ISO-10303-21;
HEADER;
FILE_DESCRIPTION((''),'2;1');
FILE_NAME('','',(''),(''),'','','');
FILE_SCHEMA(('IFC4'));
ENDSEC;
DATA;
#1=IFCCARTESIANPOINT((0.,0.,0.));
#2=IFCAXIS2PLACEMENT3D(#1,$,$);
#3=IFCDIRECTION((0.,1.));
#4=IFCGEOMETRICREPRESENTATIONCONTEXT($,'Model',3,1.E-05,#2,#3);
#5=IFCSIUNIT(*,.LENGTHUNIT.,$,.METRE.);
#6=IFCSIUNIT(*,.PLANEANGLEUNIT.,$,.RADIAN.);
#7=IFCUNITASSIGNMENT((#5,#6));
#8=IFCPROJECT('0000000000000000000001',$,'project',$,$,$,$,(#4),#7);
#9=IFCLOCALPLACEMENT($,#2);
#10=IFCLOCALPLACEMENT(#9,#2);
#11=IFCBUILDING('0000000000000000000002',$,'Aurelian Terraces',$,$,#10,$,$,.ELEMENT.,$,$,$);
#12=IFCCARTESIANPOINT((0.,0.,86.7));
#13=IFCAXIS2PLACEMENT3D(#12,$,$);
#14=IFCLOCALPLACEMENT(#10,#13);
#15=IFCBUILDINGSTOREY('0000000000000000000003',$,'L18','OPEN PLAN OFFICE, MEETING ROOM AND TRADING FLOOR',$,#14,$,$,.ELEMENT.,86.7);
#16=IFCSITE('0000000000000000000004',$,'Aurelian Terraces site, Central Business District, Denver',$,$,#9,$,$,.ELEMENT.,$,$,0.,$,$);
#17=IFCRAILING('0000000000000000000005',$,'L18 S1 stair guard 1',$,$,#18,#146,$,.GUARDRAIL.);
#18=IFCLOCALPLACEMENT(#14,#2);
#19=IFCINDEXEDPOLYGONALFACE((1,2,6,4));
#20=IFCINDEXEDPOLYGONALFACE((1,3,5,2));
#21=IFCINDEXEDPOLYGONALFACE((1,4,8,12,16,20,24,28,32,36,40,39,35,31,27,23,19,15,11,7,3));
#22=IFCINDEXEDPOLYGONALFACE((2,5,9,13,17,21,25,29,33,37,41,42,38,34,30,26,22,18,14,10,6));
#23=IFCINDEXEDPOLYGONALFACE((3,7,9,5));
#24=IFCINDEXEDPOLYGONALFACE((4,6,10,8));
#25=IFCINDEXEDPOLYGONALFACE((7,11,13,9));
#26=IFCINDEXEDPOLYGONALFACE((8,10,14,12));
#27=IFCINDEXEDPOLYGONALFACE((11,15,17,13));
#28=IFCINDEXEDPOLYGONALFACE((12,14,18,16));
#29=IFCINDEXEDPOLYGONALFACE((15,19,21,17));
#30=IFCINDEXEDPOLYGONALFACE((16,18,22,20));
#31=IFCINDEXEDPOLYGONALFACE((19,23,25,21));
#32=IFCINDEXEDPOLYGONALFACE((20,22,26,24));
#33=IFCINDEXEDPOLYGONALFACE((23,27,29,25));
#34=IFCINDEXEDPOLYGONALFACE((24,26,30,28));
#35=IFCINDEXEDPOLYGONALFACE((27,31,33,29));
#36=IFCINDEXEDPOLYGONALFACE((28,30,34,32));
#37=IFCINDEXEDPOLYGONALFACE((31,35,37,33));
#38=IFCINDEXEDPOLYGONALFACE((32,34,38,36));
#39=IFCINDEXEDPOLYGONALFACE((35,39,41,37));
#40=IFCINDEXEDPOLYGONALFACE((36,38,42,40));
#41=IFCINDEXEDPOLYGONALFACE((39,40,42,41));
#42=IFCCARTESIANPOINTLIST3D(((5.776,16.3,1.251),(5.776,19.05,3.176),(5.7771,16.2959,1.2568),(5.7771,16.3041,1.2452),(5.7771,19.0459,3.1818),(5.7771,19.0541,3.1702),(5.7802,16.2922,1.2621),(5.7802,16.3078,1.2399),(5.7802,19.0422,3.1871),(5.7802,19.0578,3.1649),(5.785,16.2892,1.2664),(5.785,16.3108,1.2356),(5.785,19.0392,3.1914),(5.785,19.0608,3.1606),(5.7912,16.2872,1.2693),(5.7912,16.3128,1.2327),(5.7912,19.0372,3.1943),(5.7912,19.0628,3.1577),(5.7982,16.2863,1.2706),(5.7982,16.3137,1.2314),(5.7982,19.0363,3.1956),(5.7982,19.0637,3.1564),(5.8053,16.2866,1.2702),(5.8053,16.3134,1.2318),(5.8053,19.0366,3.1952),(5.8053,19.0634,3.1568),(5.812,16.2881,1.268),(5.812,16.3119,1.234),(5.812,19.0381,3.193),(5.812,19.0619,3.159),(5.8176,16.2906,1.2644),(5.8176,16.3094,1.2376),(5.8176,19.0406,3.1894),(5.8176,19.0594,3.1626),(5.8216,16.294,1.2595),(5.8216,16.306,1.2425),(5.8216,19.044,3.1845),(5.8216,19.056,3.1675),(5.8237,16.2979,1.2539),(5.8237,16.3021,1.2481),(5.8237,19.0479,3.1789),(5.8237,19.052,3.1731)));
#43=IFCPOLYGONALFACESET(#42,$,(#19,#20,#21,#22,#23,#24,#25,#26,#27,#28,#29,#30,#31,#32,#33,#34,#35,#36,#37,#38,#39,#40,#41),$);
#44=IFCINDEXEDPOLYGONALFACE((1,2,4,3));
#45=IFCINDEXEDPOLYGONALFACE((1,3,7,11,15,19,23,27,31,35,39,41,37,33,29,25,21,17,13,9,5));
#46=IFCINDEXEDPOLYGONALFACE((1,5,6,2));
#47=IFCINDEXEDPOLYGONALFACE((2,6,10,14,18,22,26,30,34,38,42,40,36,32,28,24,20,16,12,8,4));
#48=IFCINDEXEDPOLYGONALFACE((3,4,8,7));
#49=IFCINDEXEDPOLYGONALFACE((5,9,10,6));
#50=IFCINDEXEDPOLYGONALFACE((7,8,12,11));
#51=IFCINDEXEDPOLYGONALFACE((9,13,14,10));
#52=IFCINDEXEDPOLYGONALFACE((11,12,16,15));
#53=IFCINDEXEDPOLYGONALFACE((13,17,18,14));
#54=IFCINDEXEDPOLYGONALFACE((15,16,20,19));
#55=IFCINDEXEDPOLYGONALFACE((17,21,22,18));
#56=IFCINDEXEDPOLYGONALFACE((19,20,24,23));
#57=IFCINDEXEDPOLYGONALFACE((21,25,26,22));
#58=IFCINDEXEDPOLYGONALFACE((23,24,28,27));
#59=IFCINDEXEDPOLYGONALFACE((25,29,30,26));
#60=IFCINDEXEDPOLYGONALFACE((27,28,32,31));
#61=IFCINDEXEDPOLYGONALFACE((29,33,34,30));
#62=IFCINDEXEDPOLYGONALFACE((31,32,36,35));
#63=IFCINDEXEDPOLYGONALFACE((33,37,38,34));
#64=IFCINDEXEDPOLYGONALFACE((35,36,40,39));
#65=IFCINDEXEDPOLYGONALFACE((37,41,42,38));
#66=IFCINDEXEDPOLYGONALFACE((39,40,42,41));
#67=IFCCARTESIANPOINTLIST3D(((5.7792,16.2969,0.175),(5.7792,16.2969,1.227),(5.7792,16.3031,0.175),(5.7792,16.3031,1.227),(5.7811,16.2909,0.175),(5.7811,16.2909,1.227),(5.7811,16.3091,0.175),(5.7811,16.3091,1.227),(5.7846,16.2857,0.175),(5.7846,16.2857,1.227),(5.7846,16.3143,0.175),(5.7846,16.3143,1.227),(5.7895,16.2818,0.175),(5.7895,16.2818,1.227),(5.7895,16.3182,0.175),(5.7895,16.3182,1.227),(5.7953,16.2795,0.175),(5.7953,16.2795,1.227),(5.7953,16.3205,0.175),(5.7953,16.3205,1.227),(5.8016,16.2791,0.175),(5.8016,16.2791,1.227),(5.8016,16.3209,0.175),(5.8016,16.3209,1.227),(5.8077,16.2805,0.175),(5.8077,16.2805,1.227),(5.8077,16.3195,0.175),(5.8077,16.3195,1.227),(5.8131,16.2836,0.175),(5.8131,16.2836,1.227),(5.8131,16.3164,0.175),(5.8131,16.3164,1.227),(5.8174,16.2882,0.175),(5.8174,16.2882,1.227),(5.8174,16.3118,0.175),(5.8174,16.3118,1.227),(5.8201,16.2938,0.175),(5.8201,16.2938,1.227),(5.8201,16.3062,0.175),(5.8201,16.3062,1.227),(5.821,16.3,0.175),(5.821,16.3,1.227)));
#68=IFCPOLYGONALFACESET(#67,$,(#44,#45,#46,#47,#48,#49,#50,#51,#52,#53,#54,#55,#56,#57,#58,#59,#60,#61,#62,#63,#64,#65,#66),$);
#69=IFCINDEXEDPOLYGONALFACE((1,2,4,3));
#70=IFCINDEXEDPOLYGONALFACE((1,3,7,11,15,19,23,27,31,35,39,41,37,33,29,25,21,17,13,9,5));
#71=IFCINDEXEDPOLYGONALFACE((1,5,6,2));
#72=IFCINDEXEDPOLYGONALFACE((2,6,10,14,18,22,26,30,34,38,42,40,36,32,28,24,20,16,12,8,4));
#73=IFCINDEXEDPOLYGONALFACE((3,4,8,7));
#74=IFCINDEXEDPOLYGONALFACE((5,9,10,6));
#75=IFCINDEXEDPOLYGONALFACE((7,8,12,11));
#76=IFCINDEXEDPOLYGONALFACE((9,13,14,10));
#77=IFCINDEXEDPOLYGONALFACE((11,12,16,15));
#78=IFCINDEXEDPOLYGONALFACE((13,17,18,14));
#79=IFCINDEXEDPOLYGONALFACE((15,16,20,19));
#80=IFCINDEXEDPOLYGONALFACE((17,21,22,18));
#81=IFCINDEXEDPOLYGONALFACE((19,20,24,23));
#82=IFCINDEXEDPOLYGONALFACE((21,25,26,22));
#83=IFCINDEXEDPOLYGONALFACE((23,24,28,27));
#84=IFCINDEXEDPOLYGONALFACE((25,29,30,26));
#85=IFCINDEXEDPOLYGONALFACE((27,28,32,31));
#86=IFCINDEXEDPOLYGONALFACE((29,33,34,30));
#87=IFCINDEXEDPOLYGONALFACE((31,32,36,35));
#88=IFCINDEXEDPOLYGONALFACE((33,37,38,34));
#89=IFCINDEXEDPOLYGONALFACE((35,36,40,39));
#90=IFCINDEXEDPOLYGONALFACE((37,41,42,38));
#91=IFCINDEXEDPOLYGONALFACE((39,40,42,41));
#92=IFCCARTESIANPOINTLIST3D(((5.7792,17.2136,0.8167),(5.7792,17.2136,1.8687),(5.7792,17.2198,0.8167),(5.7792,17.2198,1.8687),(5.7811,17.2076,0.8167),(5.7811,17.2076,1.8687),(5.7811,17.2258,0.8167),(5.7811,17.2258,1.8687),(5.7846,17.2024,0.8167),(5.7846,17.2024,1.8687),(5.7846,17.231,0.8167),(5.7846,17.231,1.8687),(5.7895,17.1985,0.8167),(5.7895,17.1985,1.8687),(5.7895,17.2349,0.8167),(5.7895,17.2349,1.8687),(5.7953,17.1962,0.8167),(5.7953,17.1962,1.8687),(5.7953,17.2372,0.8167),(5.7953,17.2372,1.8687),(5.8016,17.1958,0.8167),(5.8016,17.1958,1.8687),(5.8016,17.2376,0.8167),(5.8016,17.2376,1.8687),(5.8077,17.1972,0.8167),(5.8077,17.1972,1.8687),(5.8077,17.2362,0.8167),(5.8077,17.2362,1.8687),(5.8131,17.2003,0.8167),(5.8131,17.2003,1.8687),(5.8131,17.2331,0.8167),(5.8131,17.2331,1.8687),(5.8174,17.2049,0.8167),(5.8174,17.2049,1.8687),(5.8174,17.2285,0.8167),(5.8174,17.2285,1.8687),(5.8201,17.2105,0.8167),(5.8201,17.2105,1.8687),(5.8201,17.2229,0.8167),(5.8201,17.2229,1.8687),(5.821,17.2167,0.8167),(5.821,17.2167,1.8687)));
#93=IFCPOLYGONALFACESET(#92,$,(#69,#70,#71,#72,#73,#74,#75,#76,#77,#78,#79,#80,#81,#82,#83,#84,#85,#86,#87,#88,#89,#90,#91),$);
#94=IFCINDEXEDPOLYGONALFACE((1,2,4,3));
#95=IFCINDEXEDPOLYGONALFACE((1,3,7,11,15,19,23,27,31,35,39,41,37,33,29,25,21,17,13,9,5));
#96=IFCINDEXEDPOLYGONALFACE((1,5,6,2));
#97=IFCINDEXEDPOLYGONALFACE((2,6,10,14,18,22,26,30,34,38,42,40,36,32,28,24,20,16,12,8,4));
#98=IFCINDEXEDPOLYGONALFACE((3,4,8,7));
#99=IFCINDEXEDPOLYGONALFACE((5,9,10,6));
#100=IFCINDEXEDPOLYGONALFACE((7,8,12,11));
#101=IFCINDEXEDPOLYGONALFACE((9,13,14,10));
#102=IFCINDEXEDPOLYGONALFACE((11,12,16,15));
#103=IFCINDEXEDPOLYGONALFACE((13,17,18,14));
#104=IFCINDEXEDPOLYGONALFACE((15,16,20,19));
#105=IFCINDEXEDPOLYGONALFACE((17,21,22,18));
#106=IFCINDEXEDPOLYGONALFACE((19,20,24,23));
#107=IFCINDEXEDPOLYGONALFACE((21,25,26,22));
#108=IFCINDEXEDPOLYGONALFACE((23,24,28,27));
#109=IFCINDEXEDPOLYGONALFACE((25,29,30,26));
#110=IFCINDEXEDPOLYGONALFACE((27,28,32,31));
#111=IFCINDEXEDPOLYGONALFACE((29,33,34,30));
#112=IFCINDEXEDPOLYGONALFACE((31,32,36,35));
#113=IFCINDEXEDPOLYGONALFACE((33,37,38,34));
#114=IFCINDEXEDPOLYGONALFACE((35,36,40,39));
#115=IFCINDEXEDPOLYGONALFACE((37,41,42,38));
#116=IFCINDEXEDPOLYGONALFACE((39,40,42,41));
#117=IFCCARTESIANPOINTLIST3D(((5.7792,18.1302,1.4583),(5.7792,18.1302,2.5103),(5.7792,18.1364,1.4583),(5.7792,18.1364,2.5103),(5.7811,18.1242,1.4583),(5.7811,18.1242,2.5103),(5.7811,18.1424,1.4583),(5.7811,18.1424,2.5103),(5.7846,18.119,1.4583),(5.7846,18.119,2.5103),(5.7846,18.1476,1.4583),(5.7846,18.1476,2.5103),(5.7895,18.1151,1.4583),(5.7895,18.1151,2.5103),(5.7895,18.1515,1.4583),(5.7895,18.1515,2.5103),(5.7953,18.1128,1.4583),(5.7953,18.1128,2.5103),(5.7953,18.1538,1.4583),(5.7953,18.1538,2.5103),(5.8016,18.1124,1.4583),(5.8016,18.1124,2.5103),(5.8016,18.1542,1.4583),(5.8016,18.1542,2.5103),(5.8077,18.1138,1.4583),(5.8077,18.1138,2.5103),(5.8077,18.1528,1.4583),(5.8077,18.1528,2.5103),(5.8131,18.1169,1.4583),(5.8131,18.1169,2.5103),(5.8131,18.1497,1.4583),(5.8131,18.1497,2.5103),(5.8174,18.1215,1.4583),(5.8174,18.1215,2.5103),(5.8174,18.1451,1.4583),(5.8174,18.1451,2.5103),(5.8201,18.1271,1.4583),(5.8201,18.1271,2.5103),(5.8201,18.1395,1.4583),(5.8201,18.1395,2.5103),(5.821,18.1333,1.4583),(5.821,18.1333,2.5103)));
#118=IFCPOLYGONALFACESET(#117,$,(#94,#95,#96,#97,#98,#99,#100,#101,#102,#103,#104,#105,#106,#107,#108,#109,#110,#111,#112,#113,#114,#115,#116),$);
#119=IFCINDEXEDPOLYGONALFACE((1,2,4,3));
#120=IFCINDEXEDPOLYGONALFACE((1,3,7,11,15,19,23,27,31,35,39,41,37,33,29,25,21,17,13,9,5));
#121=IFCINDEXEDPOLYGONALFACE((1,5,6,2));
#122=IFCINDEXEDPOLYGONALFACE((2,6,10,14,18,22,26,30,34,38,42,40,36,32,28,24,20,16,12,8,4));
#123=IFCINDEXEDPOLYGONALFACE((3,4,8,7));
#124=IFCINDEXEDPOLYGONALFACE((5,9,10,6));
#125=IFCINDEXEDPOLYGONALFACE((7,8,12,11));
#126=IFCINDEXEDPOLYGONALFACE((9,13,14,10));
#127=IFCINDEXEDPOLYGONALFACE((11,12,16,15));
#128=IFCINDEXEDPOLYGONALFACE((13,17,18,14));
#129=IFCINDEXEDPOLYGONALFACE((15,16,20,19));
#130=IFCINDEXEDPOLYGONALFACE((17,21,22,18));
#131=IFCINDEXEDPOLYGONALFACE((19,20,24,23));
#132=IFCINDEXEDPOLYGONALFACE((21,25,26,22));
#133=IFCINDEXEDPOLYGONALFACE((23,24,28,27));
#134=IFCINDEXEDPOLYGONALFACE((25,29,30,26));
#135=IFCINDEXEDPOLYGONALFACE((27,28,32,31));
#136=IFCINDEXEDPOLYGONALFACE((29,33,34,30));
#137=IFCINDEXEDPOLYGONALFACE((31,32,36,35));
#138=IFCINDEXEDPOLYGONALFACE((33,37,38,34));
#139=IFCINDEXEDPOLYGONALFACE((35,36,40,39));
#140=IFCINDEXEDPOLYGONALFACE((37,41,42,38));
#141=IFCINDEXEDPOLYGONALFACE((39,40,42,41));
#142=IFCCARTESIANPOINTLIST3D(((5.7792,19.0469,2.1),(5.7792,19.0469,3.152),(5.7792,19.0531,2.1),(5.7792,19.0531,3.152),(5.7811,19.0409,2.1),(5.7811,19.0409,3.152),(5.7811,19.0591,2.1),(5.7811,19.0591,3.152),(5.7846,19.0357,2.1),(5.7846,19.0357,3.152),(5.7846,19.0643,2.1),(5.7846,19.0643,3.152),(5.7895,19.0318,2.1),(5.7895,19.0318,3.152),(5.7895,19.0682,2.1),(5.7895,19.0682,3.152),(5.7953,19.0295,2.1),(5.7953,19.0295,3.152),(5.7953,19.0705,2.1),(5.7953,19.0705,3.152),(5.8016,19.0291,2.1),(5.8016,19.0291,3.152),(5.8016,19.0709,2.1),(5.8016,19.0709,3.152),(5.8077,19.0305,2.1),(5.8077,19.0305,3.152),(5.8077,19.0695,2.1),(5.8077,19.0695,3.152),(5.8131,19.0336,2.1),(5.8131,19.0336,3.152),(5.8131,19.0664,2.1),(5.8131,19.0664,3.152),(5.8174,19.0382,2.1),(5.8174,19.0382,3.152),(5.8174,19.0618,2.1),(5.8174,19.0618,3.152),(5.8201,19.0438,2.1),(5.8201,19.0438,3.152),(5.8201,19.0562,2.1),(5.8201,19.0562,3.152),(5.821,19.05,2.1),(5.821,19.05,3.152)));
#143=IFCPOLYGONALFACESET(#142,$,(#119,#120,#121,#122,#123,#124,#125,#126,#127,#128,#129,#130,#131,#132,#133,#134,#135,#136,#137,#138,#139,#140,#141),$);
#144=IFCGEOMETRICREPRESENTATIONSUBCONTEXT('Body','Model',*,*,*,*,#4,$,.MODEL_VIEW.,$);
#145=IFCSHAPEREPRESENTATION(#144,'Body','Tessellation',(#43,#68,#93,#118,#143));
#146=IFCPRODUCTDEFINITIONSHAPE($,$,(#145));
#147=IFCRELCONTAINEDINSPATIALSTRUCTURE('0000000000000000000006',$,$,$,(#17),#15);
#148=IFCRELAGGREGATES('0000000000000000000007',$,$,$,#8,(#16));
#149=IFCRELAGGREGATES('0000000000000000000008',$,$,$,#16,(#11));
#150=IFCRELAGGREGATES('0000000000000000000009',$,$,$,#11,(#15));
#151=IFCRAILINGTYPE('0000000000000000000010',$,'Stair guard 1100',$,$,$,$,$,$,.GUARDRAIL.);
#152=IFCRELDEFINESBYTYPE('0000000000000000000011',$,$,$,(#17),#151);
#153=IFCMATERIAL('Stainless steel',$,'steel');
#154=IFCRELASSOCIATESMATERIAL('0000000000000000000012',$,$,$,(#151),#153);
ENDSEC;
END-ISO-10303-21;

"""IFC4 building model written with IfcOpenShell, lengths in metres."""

from ifc_helpers import new_model, si_unit, direction, frame, origin, origin_2d, place, context, subcontext, project, spatial, circle, extrude, source, transform, mapped, material, type_object, element, save


model = new_model("IFC4")

# Units and contexts
model_context = context("Model", 3, precision=1e-05, world=origin(), true_north=direction((0.0, 1.0)))
body_context = subcontext(model_context, "Body", "Model", "MODEL_VIEW")
ifc_project = project(units=[si_unit("LENGTHUNIT", "METRE"), si_unit("PLANEANGLEUNIT", "RADIAN")], contexts=[model_context])

# Site, building, storey
site_placement = place(None, origin())
site = spatial("IfcSite", under=ifc_project, at=site_placement, Name="Aurelian Terraces site, Central Business District, Denver", CompositionType="ELEMENT", RefElevation=0.0)
building_placement = place(site_placement, origin())
building = spatial("IfcBuilding", under=site, at=building_placement, Name="Aurelian Terraces", CompositionType="ELEMENT")
storey_placement = place(building_placement, frame((0.0, 0.0, 86.7)))
storey = spatial("IfcBuildingStorey", under=building, at=storey_placement, Name="L18", Description="OPEN PLAN OFFICE, MEETING ROOM AND TRADING FLOOR", CompositionType="ELEMENT", Elevation=86.7)

# Railing
ifc_material_1 = material(Name="Stainless steel", Category="steel")
railing_type_1 = type_object("IfcRailingType", Name="Stair guard 1100", PredefinedType="GUARDRAIL", material=ifc_material_1)
shared_shape_1 = source(origin(), body_context, "Body", "SweptSolid", [
    extrude(circle(Radius=0.024, at=origin_2d()), frame((0.0, 0.0, 1.076), z_axis=(0.0, 0.819232, 0.573462), x_axis=(-1.0, 0.0, 0.0)), (0.0, 0.0, 1.0), 3.3568),
    extrude(circle(Radius=0.021, at=origin_2d()), origin(), (0.0, 0.0, 1.0), 1.052),
    extrude(circle(Radius=0.021, at=origin_2d()), frame((0.0, 0.9167, 0.6417)), (0.0, 0.0, 1.0), 1.052),
    extrude(circle(Radius=0.021, at=origin_2d()), frame((0.0, 1.8333, 1.2833)), (0.0, 0.0, 1.0), 1.052),
    extrude(circle(Radius=0.021, at=origin_2d()), frame((0.0, 2.75, 1.925)), (0.0, 0.0, 1.0), 1.052),
])
railing_1_placement = place(storey_placement, frame((5.8, 16.3, 0.175)))
element("IfcRailing", 1, at=railing_1_placement, inside=storey, type_object=railing_type_1, Name="L18 S1 stair guard 1", PredefinedType="GUARDRAIL", context=body_context, shape_type="MappedRepresentation", body=[
    mapped(shared_shape_1, transform((0.0, 0.0, 0.0), scale=1.0)),
])

save(model, "model.ifc")
